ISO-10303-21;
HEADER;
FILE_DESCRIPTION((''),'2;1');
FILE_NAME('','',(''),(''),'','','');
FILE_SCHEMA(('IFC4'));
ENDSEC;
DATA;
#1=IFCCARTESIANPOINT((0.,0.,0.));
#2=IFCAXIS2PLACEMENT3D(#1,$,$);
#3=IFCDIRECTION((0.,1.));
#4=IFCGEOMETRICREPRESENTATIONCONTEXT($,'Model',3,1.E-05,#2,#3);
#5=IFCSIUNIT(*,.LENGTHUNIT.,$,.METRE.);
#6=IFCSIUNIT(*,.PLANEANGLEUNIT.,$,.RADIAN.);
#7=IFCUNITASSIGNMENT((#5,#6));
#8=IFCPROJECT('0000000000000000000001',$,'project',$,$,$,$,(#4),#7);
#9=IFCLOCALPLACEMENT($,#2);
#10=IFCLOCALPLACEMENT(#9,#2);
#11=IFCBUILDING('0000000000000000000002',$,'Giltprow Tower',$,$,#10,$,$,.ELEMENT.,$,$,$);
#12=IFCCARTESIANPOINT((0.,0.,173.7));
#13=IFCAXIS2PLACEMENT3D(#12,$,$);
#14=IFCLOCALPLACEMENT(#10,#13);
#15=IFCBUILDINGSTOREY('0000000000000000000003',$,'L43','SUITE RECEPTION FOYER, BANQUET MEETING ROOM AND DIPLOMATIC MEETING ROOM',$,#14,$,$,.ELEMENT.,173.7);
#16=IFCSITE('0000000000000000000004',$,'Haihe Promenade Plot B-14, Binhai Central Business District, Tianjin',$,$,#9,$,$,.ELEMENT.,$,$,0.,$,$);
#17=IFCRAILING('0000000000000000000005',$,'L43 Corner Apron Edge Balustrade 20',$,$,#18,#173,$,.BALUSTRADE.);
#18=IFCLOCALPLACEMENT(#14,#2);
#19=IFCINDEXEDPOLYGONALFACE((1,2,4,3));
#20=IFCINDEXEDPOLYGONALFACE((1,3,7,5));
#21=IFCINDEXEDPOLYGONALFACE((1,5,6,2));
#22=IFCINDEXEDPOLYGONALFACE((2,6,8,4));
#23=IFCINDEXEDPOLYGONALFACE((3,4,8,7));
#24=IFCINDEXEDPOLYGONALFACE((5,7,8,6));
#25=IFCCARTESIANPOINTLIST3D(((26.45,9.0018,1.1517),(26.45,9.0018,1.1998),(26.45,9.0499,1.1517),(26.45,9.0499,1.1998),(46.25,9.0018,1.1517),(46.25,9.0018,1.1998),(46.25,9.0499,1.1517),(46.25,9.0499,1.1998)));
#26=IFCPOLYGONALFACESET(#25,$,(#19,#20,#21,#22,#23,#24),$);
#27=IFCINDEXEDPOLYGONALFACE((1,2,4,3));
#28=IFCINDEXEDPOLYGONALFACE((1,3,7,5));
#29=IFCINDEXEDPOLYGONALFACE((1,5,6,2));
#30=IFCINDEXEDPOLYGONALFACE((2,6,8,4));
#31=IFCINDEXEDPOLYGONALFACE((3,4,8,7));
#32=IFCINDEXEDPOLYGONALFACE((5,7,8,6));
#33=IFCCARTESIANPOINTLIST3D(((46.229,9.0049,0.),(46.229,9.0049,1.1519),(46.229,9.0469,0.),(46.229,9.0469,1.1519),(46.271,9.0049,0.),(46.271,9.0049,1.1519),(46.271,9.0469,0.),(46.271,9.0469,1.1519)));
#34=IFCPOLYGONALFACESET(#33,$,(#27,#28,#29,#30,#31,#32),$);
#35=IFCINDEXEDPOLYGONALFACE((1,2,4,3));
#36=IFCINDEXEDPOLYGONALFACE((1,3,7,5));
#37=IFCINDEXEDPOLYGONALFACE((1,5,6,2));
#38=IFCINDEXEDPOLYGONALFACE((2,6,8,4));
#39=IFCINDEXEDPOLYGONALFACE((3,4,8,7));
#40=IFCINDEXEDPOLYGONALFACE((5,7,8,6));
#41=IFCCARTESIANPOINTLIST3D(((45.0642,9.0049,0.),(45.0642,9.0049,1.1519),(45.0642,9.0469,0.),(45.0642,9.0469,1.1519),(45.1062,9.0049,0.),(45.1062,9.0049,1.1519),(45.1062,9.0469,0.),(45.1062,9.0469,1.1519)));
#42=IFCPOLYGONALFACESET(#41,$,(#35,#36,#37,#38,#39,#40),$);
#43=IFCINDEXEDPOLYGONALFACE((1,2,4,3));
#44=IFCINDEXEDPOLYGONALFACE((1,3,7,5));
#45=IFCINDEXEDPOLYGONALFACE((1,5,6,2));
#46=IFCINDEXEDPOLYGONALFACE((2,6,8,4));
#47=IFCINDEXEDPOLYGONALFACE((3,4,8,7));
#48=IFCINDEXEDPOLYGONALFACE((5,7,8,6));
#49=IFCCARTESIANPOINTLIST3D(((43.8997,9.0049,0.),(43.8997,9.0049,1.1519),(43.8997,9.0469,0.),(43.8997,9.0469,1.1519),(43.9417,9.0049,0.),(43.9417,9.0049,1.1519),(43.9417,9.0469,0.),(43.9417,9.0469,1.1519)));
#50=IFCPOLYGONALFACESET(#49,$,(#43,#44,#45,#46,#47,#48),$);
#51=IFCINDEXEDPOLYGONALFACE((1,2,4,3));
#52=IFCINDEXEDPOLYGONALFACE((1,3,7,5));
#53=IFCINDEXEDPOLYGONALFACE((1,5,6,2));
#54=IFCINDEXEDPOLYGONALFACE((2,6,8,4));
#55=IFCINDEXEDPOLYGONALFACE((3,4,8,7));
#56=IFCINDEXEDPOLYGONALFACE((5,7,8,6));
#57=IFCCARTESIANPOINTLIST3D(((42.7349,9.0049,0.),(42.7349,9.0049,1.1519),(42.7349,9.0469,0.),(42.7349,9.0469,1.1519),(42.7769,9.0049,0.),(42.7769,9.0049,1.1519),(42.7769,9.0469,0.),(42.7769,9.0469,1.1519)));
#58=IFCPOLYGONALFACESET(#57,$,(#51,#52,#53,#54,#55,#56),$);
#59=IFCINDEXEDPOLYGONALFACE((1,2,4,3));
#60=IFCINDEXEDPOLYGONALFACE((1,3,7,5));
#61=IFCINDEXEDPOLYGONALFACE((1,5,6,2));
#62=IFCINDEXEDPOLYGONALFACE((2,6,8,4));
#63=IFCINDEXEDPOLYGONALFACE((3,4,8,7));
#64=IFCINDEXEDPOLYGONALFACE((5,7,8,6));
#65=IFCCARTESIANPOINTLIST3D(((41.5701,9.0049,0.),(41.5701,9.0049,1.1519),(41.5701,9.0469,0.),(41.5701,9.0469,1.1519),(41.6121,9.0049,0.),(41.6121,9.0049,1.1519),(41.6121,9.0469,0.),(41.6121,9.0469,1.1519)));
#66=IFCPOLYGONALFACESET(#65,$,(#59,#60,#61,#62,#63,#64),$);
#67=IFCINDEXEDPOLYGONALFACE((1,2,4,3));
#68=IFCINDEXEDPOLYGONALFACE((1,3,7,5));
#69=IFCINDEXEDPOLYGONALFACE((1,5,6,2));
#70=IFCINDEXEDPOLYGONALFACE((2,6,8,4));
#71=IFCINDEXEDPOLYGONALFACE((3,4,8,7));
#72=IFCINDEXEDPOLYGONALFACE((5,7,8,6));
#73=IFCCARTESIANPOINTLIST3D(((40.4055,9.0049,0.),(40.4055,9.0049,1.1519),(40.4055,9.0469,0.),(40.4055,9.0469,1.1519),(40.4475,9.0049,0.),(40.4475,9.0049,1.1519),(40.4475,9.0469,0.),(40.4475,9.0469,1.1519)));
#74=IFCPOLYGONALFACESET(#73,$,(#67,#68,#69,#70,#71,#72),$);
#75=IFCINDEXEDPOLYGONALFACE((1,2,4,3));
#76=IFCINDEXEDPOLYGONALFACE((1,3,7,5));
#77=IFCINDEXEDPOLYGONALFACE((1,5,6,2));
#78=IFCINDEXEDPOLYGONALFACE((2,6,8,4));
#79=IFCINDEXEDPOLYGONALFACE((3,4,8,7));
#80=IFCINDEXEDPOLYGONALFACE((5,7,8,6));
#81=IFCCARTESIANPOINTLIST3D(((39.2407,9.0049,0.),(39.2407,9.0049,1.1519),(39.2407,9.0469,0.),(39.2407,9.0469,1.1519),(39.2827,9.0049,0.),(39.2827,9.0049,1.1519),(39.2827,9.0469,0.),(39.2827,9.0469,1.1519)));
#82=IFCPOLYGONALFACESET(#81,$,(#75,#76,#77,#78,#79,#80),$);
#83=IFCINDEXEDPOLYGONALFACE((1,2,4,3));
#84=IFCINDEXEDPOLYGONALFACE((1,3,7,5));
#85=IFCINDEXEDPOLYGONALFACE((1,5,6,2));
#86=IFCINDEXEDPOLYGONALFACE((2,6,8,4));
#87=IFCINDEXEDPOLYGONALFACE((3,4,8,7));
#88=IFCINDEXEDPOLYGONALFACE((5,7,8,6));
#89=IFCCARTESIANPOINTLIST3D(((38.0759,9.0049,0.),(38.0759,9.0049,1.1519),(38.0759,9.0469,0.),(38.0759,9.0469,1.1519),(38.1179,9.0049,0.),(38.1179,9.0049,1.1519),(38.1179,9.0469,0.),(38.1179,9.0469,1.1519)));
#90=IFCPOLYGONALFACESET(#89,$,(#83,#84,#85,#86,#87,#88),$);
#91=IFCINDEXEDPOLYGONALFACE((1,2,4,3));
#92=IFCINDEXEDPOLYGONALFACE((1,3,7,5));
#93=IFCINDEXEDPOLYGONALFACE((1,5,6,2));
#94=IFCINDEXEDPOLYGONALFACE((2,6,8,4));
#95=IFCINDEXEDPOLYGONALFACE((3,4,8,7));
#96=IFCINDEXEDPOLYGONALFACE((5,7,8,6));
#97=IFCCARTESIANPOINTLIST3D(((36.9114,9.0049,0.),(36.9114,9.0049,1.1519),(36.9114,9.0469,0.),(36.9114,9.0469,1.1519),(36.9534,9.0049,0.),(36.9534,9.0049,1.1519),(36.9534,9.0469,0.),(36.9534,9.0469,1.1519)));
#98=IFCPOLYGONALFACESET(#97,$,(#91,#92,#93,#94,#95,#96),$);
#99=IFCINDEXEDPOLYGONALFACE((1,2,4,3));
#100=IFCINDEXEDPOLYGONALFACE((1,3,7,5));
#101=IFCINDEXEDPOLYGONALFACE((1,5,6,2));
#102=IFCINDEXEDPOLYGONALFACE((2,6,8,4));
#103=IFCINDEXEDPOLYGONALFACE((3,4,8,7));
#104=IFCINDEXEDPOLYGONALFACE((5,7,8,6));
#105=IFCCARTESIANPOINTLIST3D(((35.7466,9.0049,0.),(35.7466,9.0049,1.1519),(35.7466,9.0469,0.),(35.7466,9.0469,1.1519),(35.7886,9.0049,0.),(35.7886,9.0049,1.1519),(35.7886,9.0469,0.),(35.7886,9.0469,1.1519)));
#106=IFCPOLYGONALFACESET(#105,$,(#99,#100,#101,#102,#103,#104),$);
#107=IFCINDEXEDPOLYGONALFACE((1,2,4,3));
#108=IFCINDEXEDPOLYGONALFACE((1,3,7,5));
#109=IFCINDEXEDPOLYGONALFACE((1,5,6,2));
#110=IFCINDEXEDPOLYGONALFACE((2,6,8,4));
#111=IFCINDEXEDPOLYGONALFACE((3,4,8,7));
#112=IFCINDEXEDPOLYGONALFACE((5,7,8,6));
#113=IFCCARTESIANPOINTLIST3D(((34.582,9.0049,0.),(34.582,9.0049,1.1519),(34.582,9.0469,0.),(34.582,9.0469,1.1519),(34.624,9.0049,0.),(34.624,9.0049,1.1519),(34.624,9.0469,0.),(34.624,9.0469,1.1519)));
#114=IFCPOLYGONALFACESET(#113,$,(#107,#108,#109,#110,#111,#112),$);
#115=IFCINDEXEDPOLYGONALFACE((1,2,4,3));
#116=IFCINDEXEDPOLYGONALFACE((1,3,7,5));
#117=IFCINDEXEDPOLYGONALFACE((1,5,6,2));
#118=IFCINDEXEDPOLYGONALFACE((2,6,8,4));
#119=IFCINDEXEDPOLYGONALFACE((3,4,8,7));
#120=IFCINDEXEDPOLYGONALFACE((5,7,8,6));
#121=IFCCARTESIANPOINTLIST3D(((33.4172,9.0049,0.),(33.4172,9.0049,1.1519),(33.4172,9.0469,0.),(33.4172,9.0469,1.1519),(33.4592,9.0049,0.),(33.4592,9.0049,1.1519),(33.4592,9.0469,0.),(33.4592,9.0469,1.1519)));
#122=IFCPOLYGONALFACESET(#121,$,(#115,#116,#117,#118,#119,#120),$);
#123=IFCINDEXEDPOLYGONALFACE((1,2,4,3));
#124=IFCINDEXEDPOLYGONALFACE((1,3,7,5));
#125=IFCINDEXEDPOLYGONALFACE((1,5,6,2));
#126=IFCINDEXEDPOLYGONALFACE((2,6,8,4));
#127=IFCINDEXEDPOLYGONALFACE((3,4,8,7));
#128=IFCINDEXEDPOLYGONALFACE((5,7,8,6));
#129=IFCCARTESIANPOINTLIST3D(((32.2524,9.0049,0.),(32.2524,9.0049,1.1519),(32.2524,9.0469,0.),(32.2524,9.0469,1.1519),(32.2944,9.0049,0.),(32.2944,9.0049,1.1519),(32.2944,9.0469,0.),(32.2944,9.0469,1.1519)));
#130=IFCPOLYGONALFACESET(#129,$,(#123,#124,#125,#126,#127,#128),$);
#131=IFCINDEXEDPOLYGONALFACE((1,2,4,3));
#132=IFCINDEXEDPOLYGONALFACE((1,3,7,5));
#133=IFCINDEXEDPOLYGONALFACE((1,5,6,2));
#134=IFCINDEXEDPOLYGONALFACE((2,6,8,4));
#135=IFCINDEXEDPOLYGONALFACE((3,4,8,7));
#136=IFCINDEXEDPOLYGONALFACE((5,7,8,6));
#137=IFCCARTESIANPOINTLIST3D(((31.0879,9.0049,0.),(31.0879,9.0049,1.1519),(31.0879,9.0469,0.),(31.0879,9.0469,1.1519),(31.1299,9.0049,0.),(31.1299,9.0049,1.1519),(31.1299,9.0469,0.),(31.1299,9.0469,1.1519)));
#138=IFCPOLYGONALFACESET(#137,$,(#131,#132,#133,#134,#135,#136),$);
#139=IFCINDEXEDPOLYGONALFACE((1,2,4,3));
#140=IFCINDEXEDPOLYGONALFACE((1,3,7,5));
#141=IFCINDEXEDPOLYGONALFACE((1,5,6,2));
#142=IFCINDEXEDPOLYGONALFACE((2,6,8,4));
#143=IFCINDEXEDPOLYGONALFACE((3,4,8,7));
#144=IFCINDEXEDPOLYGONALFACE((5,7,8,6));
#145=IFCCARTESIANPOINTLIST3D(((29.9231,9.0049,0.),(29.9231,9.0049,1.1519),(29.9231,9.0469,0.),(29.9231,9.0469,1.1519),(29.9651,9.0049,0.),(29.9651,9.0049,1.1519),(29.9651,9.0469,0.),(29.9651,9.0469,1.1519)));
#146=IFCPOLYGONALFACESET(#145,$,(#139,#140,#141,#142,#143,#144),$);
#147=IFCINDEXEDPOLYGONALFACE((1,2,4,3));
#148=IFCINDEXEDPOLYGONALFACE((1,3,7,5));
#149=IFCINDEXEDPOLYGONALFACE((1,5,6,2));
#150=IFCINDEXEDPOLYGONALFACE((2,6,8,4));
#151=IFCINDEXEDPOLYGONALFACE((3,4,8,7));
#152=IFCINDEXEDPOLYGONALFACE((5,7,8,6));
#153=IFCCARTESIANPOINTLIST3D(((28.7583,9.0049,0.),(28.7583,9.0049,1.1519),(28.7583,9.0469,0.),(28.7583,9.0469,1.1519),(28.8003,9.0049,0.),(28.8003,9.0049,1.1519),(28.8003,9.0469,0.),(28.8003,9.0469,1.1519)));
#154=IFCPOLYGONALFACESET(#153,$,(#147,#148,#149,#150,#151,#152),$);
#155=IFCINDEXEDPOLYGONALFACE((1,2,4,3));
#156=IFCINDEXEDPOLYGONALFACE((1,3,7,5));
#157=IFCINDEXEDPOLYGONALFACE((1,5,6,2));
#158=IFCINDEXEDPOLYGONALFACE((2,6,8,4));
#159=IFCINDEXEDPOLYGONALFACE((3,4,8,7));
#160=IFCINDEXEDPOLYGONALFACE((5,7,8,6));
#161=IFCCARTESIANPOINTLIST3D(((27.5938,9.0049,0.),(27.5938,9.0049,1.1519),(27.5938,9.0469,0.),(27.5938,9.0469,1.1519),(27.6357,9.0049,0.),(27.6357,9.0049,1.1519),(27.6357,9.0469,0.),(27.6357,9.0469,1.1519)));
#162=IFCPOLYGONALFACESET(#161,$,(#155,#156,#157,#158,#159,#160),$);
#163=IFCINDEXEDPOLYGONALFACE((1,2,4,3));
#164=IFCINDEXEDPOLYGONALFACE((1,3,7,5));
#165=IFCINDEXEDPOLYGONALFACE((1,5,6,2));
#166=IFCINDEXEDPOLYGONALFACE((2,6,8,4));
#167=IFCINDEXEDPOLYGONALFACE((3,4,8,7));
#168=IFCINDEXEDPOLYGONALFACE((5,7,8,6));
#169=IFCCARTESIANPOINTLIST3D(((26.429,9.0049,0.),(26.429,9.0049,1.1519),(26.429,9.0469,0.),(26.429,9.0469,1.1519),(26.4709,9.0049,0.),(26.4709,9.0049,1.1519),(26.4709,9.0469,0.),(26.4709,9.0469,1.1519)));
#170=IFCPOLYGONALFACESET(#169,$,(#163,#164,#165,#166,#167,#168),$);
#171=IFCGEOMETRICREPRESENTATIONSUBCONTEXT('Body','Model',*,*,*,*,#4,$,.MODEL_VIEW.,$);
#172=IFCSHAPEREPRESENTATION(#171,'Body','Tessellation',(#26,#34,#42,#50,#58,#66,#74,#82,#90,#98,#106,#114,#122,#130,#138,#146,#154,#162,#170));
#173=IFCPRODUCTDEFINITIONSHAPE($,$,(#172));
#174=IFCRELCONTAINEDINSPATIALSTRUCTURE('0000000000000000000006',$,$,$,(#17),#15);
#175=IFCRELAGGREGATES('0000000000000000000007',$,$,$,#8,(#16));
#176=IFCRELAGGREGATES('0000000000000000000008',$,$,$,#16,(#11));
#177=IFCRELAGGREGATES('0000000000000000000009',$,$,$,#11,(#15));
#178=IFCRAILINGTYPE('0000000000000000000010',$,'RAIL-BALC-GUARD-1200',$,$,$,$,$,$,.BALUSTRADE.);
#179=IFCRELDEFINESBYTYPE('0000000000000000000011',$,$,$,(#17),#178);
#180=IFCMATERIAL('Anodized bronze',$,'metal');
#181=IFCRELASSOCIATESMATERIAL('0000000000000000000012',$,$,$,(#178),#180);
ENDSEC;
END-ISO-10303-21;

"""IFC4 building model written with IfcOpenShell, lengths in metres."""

from ifc_helpers import new_model, si_unit, direction, frame, origin, origin_2d, place, context, subcontext, project, spatial, rectangle, extrude, material, type_object, element, save


model = new_model("IFC4")

# Units and contexts
model_context = context("Model", 3, precision=1e-05, world=origin(), true_north=direction((0.0, 1.0)))
body_context = subcontext(model_context, "Body", "Model", "MODEL_VIEW")
ifc_project = project(units=[si_unit("LENGTHUNIT", "METRE"), si_unit("PLANEANGLEUNIT", "RADIAN")], contexts=[model_context])

# Site, building, storey
site_placement = place(None, origin())
site = spatial("IfcSite", under=ifc_project, at=site_placement, Name="Haihe Promenade Plot B-14, Binhai Central Business District, Tianjin", CompositionType="ELEMENT", RefElevation=0.0)
building_placement = place(site_placement, origin())
building = spatial("IfcBuilding", under=site, at=building_placement, Name="Giltprow Tower", CompositionType="ELEMENT")
storey_placement = place(building_placement, frame((0.0, 0.0, 173.7)))
storey = spatial("IfcBuildingStorey", under=building, at=storey_placement, Name="L43", Description="SUITE RECEPTION FOYER, BANQUET MEETING ROOM AND DIPLOMATIC MEETING ROOM", CompositionType="ELEMENT", Elevation=173.7)

# Shared definitions
ifc_material_1 = material(Name="Anodized bronze", Category="metal")

# Railing
railing_type = type_object("IfcRailingType", Name="RAIL-BALC-GUARD-1200", PredefinedType="BALUSTRADE", material=ifc_material_1)
railing_1_placement = place(storey_placement, frame((46.25, 9.0259, 0.0)))
element("IfcRailing", 1, at=railing_1_placement, inside=storey, type_object=railing_type, Name="L43 Corner Apron Edge Balustrade 20", PredefinedType="BALUSTRADE", context=body_context, shape_type="SweptSolid", body=[
    extrude(rectangle(XDim=0.0481, YDim=0.0481, at=origin_2d()), frame((0.0, 0.0, 1.1758), z_axis=(-1.0, 0.0, 0.0), x_axis=(0.0, -1.0, 0.0)), (0.0, 0.0, 1.0), 19.8),
    extrude(rectangle(XDim=0.042, YDim=0.042, at=origin_2d()), origin(), (0.0, 0.0, 1.0), 1.1519),
    extrude(rectangle(XDim=0.042, YDim=0.042, at=origin_2d()), frame((-1.1648, 0.0, 0.0)), (0.0, 0.0, 1.0), 1.1519),
    extrude(rectangle(XDim=0.042, YDim=0.042, at=origin_2d()), frame((-2.3293, 0.0, 0.0)), (0.0, 0.0, 1.0), 1.1519),
    extrude(rectangle(XDim=0.042, YDim=0.042, at=origin_2d()), frame((-3.4941, 0.0, 0.0)), (0.0, 0.0, 1.0), 1.1519),
    extrude(rectangle(XDim=0.042, YDim=0.042, at=origin_2d()), frame((-4.6589, 0.0, 0.0)), (0.0, 0.0, 1.0), 1.1519),
    extrude(rectangle(XDim=0.042, YDim=0.042, at=origin_2d()), frame((-5.8235, 0.0, 0.0)), (0.0, 0.0, 1.0), 1.1519),
    extrude(rectangle(XDim=0.042, YDim=0.042, at=origin_2d()), frame((-6.9883, 0.0, 0.0)), (0.0, 0.0, 1.0), 1.1519),
    extrude(rectangle(XDim=0.042, YDim=0.042, at=origin_2d()), frame((-8.1531, 0.0, 0.0)), (0.0, 0.0, 1.0), 1.1519),
    extrude(rectangle(XDim=0.042, YDim=0.042, at=origin_2d()), frame((-9.3176, 0.0, 0.0)), (0.0, 0.0, 1.0), 1.1519),
    extrude(rectangle(XDim=0.042, YDim=0.042, at=origin_2d()), frame((-10.4824, 0.0, 0.0)), (0.0, 0.0, 1.0), 1.1519),
    extrude(rectangle(XDim=0.042, YDim=0.042, at=origin_2d()), frame((-11.647, 0.0, 0.0)), (0.0, 0.0, 1.0), 1.1519),
    extrude(rectangle(XDim=0.042, YDim=0.042, at=origin_2d()), frame((-12.8118, 0.0, 0.0)), (0.0, 0.0, 1.0), 1.1519),
    extrude(rectangle(XDim=0.042, YDim=0.042, at=origin_2d()), frame((-13.9766, 0.0, 0.0)), (0.0, 0.0, 1.0), 1.1519),
    extrude(rectangle(XDim=0.042, YDim=0.042, at=origin_2d()), frame((-15.1411, 0.0, 0.0)), (0.0, 0.0, 1.0), 1.1519),
    extrude(rectangle(XDim=0.042, YDim=0.042, at=origin_2d()), frame((-16.3059, 0.0, 0.0)), (0.0, 0.0, 1.0), 1.1519),
    extrude(rectangle(XDim=0.042, YDim=0.042, at=origin_2d()), frame((-17.4707, 0.0, 0.0)), (0.0, 0.0, 1.0), 1.1519),
    extrude(rectangle(XDim=0.042, YDim=0.042, at=origin_2d()), frame((-18.6353, 0.0, 0.0)), (0.0, 0.0, 1.0), 1.1519),
    extrude(rectangle(XDim=0.042, YDim=0.042, at=origin_2d()), frame((-19.8, 0.0, 0.0)), (0.0, 0.0, 1.0), 1.1519),
])

save(model, "model.ifc")
